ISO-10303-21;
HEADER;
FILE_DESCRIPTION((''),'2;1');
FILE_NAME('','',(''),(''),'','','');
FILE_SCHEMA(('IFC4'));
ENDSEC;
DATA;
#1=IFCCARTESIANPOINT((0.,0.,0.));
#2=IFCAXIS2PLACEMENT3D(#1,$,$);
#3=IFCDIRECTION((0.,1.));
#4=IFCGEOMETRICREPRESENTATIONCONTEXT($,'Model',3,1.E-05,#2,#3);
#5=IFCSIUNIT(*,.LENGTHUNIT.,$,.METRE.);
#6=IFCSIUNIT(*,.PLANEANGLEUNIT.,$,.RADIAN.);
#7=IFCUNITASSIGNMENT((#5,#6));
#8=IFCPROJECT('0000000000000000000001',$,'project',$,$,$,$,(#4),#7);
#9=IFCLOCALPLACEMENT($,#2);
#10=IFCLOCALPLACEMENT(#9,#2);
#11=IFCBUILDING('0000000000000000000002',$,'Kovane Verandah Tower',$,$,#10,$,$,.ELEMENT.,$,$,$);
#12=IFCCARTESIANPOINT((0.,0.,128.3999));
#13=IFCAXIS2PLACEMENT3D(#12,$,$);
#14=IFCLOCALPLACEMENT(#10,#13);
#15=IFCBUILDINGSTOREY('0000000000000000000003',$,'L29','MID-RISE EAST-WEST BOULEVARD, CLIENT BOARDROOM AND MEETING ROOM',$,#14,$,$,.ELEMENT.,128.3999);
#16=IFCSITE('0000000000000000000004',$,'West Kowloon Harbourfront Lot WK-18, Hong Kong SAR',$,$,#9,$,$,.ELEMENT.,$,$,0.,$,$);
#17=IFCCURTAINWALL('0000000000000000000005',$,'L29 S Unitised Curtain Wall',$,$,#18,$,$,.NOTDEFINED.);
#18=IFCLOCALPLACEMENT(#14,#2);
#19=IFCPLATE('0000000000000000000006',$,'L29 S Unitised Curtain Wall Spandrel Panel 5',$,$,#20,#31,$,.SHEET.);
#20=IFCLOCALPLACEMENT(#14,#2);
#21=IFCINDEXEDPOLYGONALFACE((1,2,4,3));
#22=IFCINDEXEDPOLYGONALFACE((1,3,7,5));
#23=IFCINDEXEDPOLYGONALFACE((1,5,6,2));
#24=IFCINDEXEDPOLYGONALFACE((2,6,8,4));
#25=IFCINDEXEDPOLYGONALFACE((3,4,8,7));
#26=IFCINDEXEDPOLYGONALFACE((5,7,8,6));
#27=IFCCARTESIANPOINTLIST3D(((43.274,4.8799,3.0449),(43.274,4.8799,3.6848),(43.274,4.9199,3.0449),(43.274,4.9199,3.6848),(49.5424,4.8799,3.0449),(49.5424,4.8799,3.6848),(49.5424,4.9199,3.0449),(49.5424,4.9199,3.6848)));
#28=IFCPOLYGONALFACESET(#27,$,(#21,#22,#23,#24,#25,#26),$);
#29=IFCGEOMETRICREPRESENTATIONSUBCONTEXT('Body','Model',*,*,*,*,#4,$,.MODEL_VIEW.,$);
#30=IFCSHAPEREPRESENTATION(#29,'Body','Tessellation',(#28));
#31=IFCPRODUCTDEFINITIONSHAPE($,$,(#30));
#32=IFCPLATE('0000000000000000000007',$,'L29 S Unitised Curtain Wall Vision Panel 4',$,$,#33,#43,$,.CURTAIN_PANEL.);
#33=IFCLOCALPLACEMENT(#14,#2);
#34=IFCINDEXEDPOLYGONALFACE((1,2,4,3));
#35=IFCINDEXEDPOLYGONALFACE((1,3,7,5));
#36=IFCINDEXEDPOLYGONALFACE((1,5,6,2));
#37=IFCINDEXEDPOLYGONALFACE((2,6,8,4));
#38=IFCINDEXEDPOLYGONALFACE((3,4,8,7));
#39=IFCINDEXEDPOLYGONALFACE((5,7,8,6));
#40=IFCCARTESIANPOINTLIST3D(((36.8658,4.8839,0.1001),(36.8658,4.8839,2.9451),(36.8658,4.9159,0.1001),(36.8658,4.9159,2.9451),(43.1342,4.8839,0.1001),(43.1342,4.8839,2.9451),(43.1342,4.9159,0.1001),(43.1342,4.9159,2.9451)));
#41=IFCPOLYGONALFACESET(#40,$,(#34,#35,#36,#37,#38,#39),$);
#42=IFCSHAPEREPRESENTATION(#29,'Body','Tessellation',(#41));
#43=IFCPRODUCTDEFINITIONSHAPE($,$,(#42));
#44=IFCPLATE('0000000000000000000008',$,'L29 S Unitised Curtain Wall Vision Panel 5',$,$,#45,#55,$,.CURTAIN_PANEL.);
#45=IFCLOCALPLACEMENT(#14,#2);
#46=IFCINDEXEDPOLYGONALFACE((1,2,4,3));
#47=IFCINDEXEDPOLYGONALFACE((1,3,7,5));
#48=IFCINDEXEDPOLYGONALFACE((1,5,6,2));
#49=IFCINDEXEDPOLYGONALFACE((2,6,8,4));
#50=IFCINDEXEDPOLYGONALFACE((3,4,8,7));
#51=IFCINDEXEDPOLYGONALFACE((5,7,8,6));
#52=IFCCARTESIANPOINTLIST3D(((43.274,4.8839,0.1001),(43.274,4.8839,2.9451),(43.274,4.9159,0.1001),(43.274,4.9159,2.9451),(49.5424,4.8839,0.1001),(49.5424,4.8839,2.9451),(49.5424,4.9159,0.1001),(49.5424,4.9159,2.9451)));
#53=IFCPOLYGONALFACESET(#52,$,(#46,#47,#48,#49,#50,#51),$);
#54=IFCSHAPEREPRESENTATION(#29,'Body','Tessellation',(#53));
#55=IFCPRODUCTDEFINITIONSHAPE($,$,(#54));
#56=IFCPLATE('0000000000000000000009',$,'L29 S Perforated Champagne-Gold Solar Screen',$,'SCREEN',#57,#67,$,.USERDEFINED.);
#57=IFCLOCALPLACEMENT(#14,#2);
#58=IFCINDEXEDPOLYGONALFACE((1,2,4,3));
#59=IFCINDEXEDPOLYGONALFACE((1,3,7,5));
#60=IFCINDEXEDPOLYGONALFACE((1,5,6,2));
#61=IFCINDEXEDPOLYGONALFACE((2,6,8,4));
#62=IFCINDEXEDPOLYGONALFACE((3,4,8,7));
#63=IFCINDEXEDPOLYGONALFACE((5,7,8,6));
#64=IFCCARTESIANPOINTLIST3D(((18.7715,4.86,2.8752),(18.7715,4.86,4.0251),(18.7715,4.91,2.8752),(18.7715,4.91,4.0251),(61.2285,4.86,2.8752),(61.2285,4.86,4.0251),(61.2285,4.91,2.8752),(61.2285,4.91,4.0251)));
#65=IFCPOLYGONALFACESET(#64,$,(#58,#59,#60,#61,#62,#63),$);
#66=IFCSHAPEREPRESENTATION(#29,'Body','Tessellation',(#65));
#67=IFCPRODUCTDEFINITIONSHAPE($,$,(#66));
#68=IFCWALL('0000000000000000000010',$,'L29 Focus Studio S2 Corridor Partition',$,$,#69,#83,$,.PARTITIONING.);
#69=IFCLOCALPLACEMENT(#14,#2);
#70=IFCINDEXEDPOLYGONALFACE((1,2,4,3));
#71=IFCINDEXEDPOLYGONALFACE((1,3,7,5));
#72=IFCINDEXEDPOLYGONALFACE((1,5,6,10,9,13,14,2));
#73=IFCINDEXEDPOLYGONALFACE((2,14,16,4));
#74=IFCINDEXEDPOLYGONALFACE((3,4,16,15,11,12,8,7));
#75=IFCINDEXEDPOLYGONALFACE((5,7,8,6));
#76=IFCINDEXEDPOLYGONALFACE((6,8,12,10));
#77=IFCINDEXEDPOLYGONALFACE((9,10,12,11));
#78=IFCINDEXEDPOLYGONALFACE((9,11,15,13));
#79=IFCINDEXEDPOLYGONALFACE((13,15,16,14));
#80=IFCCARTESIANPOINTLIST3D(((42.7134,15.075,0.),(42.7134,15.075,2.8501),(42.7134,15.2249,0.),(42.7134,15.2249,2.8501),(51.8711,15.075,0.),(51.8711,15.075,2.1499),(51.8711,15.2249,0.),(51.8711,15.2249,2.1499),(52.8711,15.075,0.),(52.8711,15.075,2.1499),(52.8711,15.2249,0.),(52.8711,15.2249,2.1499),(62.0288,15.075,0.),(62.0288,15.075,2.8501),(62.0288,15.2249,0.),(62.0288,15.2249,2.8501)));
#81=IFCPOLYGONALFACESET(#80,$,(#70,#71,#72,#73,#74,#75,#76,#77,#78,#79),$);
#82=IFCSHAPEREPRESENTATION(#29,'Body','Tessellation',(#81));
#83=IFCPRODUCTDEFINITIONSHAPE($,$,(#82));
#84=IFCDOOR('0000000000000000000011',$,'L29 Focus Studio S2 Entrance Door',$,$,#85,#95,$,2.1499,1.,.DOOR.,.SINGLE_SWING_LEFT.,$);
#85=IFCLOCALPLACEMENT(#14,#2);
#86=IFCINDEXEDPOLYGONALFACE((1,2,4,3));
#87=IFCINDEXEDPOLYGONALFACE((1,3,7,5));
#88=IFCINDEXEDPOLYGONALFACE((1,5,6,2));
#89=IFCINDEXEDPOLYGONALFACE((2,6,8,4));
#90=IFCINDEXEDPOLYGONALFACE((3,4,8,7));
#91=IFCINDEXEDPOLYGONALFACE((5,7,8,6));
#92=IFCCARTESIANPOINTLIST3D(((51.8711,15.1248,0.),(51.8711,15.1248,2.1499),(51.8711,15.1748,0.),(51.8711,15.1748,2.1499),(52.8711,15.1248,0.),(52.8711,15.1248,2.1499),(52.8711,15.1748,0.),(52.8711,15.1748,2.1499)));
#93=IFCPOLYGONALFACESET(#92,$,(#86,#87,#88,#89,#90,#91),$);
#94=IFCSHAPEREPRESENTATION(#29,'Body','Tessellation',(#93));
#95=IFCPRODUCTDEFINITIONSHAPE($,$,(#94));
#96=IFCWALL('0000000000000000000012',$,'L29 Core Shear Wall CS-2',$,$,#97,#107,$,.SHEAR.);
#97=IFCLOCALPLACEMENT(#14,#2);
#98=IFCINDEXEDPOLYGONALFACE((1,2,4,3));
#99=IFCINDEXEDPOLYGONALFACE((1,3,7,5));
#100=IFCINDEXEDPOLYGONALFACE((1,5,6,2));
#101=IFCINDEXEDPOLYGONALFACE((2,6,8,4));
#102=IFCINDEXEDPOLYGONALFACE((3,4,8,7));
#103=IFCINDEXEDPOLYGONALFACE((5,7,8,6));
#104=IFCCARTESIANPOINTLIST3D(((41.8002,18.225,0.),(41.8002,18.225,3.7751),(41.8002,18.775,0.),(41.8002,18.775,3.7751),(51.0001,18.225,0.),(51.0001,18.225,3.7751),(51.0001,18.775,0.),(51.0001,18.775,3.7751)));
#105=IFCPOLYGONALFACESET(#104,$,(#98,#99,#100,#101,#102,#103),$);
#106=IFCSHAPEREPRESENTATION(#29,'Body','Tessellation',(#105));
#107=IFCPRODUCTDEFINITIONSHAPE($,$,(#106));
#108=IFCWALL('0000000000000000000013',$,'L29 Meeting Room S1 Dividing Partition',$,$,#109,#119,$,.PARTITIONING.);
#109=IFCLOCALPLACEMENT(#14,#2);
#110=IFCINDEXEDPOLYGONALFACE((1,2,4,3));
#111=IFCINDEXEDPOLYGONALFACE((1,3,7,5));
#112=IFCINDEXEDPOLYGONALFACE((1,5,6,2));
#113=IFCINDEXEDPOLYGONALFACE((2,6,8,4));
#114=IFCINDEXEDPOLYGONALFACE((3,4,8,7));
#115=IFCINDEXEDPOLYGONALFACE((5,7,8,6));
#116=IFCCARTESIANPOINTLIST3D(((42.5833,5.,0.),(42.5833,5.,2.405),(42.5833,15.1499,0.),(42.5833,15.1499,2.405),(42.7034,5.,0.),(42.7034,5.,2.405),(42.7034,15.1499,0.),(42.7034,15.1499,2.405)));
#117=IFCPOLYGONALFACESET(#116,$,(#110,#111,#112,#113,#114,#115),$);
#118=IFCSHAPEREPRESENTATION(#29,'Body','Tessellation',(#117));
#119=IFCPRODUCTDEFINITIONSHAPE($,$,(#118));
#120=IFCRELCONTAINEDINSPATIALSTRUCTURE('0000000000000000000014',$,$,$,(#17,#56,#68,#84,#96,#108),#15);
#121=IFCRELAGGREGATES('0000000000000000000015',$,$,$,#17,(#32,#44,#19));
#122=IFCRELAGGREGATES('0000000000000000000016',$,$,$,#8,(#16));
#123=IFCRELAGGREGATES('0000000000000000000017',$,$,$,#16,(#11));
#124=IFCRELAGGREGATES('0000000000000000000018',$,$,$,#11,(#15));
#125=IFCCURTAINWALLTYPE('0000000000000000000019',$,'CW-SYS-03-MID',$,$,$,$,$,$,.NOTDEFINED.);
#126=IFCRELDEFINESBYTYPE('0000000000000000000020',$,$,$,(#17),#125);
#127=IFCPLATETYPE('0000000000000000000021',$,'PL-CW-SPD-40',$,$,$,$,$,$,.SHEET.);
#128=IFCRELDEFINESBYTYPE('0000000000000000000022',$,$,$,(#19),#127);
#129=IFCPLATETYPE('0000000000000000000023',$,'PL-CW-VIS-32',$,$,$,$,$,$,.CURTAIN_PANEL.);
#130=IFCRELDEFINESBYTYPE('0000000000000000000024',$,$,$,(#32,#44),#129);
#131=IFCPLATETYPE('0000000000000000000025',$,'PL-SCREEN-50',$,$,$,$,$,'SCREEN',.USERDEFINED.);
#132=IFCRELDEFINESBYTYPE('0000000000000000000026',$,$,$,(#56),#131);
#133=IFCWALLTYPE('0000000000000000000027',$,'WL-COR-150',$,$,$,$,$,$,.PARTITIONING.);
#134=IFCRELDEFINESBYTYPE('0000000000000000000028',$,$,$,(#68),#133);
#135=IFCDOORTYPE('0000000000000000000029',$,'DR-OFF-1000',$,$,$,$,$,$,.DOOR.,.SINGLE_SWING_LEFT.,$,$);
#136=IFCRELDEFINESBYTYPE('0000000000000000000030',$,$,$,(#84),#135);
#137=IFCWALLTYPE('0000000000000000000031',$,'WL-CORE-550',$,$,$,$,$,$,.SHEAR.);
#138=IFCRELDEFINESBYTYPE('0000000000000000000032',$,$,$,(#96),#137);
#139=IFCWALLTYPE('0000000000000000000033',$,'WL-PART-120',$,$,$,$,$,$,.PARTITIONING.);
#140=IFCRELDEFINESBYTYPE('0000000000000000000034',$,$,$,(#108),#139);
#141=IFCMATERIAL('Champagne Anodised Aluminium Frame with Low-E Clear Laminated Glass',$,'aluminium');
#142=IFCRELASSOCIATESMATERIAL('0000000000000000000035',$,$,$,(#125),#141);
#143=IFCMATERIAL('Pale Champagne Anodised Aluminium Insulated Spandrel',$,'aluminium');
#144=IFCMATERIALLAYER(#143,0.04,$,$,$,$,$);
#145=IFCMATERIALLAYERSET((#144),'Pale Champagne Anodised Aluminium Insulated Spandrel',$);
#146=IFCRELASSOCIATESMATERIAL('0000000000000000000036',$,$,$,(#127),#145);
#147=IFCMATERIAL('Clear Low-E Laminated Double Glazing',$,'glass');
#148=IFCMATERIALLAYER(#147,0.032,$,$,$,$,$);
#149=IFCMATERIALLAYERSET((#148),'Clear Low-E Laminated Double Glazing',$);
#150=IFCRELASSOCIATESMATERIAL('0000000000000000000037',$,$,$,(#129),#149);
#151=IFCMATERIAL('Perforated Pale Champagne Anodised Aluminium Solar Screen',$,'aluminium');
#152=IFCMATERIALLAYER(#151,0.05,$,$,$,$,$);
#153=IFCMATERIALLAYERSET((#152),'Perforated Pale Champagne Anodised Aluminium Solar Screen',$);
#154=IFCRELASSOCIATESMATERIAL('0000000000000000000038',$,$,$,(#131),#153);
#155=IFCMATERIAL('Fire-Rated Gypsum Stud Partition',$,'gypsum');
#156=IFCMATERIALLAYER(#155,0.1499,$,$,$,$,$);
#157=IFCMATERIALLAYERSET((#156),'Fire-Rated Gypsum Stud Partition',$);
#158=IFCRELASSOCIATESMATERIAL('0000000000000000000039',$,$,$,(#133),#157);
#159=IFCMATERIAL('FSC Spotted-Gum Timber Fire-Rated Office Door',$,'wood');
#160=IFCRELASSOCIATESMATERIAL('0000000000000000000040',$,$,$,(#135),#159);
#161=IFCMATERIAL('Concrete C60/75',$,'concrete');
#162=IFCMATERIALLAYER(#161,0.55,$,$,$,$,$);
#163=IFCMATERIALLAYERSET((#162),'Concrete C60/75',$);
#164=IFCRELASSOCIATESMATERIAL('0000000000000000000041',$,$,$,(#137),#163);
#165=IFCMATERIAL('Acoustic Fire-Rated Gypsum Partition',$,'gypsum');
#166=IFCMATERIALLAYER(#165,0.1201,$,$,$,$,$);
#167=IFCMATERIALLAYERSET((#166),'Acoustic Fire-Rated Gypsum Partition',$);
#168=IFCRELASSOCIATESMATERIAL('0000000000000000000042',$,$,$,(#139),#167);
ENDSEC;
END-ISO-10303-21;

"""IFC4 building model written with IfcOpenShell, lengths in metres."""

from ifc_helpers import new_model, si_unit, direction, frame, frame_2d, origin, origin_2d, place, context, subcontext, project, spatial, rectangle, extrude, material, layer, layer_set, type_object, element, fill, aggregate, save


model = new_model("IFC4")

# Units and contexts
model_context = context("Model", 3, precision=1e-05, world=origin(), true_north=direction((0.0, 1.0)))
body_context = subcontext(model_context, "Body", "Model", "MODEL_VIEW")
ifc_project = project(units=[si_unit("LENGTHUNIT", "METRE"), si_unit("PLANEANGLEUNIT", "RADIAN")], contexts=[model_context])

# Site, building, storey
site_placement = place(None, origin())
site = spatial("IfcSite", under=ifc_project, at=site_placement, Name="West Kowloon Harbourfront Lot WK-18, Hong Kong SAR", CompositionType="ELEMENT", RefElevation=0.0)
building_placement = place(site_placement, origin())
building = spatial("IfcBuilding", under=site, at=building_placement, Name="Kovane Verandah Tower", CompositionType="ELEMENT")
storey_placement = place(building_placement, frame((0.0, 0.0, 128.3999)))
storey = spatial("IfcBuildingStorey", under=building, at=storey_placement, Name="L29", Description="MID-RISE EAST-WEST BOULEVARD, CLIENT BOARDROOM AND MEETING ROOM", CompositionType="ELEMENT", Elevation=128.3999)

# Shared definitions
ifc_material_1 = material(Name="Concrete C60/75", Category="concrete")

# Curtain wall, plates
ifc_material_2 = material(Name="Champagne Anodised Aluminium Frame with Low-E Clear Laminated Glass", Category="aluminium")
curtain_wall_type = type_object("IfcCurtainWallType", Name="CW-SYS-03-MID", PredefinedType="NOTDEFINED", material=ifc_material_2)
curtain_wall_placement = place(storey_placement, origin())
curtain_wall = element("IfcCurtainWall", 1, at=curtain_wall_placement, inside=storey, type_object=curtain_wall_type, Name="L29 S Unitised Curtain Wall", PredefinedType="NOTDEFINED")
ifc_material_3 = material(Name="Pale Champagne Anodised Aluminium Insulated Spandrel", Category="aluminium")
ifc_layer_1 = layer(ifc_material_3, 0.04)
ifc_layer_set_1 = layer_set([ifc_layer_1], Name="Pale Champagne Anodised Aluminium Insulated Spandrel")
plate_type_1 = type_object("IfcPlateType", Name="PL-CW-SPD-40", PredefinedType="SHEET", material=ifc_layer_set_1)
plate_1_placement = place(storey_placement, frame((46.4082, 4.8999, 3.0449), z_axis=(0.0, 0.0, 1.0), x_axis=(1.0, 0.0, 0.0)))
plate_1 = element("IfcPlate", 2, at=plate_1_placement, type_object=plate_type_1, Name="L29 S Unitised Curtain Wall Spandrel Panel 5", PredefinedType="SHEET", context=body_context, shape_type="SweptSolid", body=[
    extrude(rectangle(XDim=6.2683, YDim=0.04, at=origin_2d()), origin(), (0.0, 0.0, 1.0), 0.6399),
])
ifc_material_4 = material(Name="Clear Low-E Laminated Double Glazing", Category="glass")
ifc_layer_2 = layer(ifc_material_4, 0.032)
ifc_layer_set_2 = layer_set([ifc_layer_2], Name="Clear Low-E Laminated Double Glazing")
plate_type_2 = type_object("IfcPlateType", Name="PL-CW-VIS-32", PredefinedType="CURTAIN_PANEL", material=ifc_layer_set_2)
plate_2_placement = place(storey_placement, frame((40.0, 4.8999, 0.1001), z_axis=(0.0, 0.0, 1.0), x_axis=(1.0, 0.0, 0.0)))
plate_2 = element("IfcPlate", 3, at=plate_2_placement, type_object=plate_type_2, Name="L29 S Unitised Curtain Wall Vision Panel 4", PredefinedType="CURTAIN_PANEL", context=body_context, shape_type="SweptSolid", body=[
    extrude(rectangle(XDim=6.2683, YDim=0.032, at=origin_2d()), origin(), (0.0, 0.0, 1.0), 2.845),
])
plate_3_placement = place(storey_placement, frame((46.4082, 4.8999, 0.1001), z_axis=(0.0, 0.0, 1.0), x_axis=(1.0, 0.0, 0.0)))
plate_3 = element("IfcPlate", 4, at=plate_3_placement, type_object=plate_type_2, Name="L29 S Unitised Curtain Wall Vision Panel 5", PredefinedType="CURTAIN_PANEL", context=body_context, shape_type="SweptSolid", body=[
    extrude(rectangle(XDim=6.2683, YDim=0.032, at=origin_2d()), origin(), (0.0, 0.0, 1.0), 2.845),
])
aggregate(curtain_wall, [plate_2, plate_3, plate_1])

# Plate
ifc_material_5 = material(Name="Perforated Pale Champagne Anodised Aluminium Solar Screen", Category="aluminium")
ifc_layer_3 = layer(ifc_material_5, 0.05)
ifc_layer_set_3 = layer_set([ifc_layer_3], Name="Perforated Pale Champagne Anodised Aluminium Solar Screen")
plate_type_3 = type_object("IfcPlateType", Name="PL-SCREEN-50", ElementType="SCREEN", PredefinedType="USERDEFINED", material=ifc_layer_set_3)
plate_4_placement = place(storey_placement, frame((40.0, 4.885, 2.8752), z_axis=(0.0, 0.0, 1.0), x_axis=(1.0, 0.0, 0.0)))
element("IfcPlate", 5, at=plate_4_placement, inside=storey, type_object=plate_type_3, Name="L29 S Perforated Champagne-Gold Solar Screen", ObjectType="SCREEN", PredefinedType="USERDEFINED", context=body_context, shape_type="SweptSolid", body=[
    extrude(rectangle(XDim=42.457, YDim=0.05, at=origin_2d()), origin(), (0.0, 0.0, 1.0), 1.1499),
])

# Wall, opening, door
ifc_material_6 = material(Name="Fire-Rated Gypsum Stud Partition", Category="gypsum")
ifc_layer_4 = layer(ifc_material_6, 0.1499)
ifc_layer_set_4 = layer_set([ifc_layer_4], Name="Fire-Rated Gypsum Stud Partition")
wall_type_1 = type_object("IfcWallType", Name="WL-COR-150", PredefinedType="PARTITIONING", material=ifc_layer_set_4)
wall_1_placement = place(storey_placement, frame((42.7134, 15.1499, 0.0), z_axis=(0.0, 0.0, 1.0), x_axis=(1.0, 0.0, 0.0)))
wall_1 = element("IfcWall", 6, at=wall_1_placement, inside=storey, type_object=wall_type_1, Name="L29 Focus Studio S2 Corridor Partition", PredefinedType="PARTITIONING", context=body_context, shape_type="SweptSolid", body=[
    extrude(rectangle(XDim=19.3154, YDim=0.1499, at=frame_2d((9.6577, 0.0))), origin(), (0.0, 0.0, 1.0), 2.8501),
])
opening_placement = place(wall_1_placement, frame((9.1577, 0.0, 0.0)))
opening = element("IfcOpeningElement", 7, at=opening_placement, cuts=wall_1, PredefinedType="OPENING", context=body_context, shape_type="SweptSolid", body=[
    extrude(rectangle(XDim=1.0, YDim=2.1499, at=frame_2d((0.5, 1.075))), frame((0.0, 0.075, 0.0), z_axis=(0.0, -1.0, 0.0), x_axis=(1.0, 0.0, 0.0)), (0.0, 0.0, 1.0), 0.1499),
])
ifc_material_7 = material(Name="FSC Spotted-Gum Timber Fire-Rated Office Door", Category="wood")
door_type = type_object("IfcDoorType", Name="DR-OFF-1000", OperationType="SINGLE_SWING_LEFT", PredefinedType="DOOR", material=ifc_material_7)
door_placement = place(opening_placement, origin())
door = element("IfcDoor", 8, at=door_placement, inside=storey, type_object=door_type, Name="L29 Focus Studio S2 Entrance Door", OperationType="SINGLE_SWING_LEFT", OverallHeight=2.1499, OverallWidth=1.0, PredefinedType="DOOR", context=body_context, shape_type="SweptSolid", body=[
    extrude(rectangle(XDim=1.0, YDim=2.1499, at=frame_2d((0.5, 1.075))), frame((0.0, 0.0249, 0.0), z_axis=(0.0, -1.0, 0.0), x_axis=(1.0, 0.0, 0.0)), (0.0, 0.0, 1.0), 0.05),
])
fill(opening, door)

# Walls
ifc_layer_5 = layer(ifc_material_1, 0.55)
ifc_layer_set_5 = layer_set([ifc_layer_5], Name="Concrete C60/75")
wall_type_2 = type_object("IfcWallType", Name="WL-CORE-550", PredefinedType="SHEAR", material=ifc_layer_set_5)
wall_2_placement = place(storey_placement, frame((41.8, 18.5, 0.0), z_axis=(0.0, 0.0, 1.0), x_axis=(1.0, 0.0, 0.0)))
element("IfcWall", 9, at=wall_2_placement, inside=storey, type_object=wall_type_2, Name="L29 Core Shear Wall CS-2", PredefinedType="SHEAR", context=body_context, shape_type="SweptSolid", body=[
    extrude(rectangle(XDim=9.2, YDim=0.55, at=frame_2d((4.6001, 0.0))), origin(), (0.0, 0.0, 1.0), 3.7751),
])
ifc_material_8 = material(Name="Acoustic Fire-Rated Gypsum Partition", Category="gypsum")
ifc_layer_6 = layer(ifc_material_8, 0.1201)
ifc_layer_set_6 = layer_set([ifc_layer_6], Name="Acoustic Fire-Rated Gypsum Partition")
wall_type_3 = type_object("IfcWallType", Name="WL-PART-120", PredefinedType="PARTITIONING", material=ifc_layer_set_6)
wall_3_placement = place(storey_placement, frame((42.6433, 5.0, 0.0), z_axis=(0.0, 0.0, 1.0), x_axis=(0.0, 1.0, 0.0)))
element("IfcWall", 10, at=wall_3_placement, inside=storey, type_object=wall_type_3, Name="L29 Meeting Room S1 Dividing Partition", PredefinedType="PARTITIONING", context=body_context, shape_type="SweptSolid", body=[
    extrude(rectangle(XDim=10.1499, YDim=0.1201, at=frame_2d((5.075, 0.0))), origin(), (0.0, 0.0, 1.0), 2.405),
])

save(model, "model.ifc")
